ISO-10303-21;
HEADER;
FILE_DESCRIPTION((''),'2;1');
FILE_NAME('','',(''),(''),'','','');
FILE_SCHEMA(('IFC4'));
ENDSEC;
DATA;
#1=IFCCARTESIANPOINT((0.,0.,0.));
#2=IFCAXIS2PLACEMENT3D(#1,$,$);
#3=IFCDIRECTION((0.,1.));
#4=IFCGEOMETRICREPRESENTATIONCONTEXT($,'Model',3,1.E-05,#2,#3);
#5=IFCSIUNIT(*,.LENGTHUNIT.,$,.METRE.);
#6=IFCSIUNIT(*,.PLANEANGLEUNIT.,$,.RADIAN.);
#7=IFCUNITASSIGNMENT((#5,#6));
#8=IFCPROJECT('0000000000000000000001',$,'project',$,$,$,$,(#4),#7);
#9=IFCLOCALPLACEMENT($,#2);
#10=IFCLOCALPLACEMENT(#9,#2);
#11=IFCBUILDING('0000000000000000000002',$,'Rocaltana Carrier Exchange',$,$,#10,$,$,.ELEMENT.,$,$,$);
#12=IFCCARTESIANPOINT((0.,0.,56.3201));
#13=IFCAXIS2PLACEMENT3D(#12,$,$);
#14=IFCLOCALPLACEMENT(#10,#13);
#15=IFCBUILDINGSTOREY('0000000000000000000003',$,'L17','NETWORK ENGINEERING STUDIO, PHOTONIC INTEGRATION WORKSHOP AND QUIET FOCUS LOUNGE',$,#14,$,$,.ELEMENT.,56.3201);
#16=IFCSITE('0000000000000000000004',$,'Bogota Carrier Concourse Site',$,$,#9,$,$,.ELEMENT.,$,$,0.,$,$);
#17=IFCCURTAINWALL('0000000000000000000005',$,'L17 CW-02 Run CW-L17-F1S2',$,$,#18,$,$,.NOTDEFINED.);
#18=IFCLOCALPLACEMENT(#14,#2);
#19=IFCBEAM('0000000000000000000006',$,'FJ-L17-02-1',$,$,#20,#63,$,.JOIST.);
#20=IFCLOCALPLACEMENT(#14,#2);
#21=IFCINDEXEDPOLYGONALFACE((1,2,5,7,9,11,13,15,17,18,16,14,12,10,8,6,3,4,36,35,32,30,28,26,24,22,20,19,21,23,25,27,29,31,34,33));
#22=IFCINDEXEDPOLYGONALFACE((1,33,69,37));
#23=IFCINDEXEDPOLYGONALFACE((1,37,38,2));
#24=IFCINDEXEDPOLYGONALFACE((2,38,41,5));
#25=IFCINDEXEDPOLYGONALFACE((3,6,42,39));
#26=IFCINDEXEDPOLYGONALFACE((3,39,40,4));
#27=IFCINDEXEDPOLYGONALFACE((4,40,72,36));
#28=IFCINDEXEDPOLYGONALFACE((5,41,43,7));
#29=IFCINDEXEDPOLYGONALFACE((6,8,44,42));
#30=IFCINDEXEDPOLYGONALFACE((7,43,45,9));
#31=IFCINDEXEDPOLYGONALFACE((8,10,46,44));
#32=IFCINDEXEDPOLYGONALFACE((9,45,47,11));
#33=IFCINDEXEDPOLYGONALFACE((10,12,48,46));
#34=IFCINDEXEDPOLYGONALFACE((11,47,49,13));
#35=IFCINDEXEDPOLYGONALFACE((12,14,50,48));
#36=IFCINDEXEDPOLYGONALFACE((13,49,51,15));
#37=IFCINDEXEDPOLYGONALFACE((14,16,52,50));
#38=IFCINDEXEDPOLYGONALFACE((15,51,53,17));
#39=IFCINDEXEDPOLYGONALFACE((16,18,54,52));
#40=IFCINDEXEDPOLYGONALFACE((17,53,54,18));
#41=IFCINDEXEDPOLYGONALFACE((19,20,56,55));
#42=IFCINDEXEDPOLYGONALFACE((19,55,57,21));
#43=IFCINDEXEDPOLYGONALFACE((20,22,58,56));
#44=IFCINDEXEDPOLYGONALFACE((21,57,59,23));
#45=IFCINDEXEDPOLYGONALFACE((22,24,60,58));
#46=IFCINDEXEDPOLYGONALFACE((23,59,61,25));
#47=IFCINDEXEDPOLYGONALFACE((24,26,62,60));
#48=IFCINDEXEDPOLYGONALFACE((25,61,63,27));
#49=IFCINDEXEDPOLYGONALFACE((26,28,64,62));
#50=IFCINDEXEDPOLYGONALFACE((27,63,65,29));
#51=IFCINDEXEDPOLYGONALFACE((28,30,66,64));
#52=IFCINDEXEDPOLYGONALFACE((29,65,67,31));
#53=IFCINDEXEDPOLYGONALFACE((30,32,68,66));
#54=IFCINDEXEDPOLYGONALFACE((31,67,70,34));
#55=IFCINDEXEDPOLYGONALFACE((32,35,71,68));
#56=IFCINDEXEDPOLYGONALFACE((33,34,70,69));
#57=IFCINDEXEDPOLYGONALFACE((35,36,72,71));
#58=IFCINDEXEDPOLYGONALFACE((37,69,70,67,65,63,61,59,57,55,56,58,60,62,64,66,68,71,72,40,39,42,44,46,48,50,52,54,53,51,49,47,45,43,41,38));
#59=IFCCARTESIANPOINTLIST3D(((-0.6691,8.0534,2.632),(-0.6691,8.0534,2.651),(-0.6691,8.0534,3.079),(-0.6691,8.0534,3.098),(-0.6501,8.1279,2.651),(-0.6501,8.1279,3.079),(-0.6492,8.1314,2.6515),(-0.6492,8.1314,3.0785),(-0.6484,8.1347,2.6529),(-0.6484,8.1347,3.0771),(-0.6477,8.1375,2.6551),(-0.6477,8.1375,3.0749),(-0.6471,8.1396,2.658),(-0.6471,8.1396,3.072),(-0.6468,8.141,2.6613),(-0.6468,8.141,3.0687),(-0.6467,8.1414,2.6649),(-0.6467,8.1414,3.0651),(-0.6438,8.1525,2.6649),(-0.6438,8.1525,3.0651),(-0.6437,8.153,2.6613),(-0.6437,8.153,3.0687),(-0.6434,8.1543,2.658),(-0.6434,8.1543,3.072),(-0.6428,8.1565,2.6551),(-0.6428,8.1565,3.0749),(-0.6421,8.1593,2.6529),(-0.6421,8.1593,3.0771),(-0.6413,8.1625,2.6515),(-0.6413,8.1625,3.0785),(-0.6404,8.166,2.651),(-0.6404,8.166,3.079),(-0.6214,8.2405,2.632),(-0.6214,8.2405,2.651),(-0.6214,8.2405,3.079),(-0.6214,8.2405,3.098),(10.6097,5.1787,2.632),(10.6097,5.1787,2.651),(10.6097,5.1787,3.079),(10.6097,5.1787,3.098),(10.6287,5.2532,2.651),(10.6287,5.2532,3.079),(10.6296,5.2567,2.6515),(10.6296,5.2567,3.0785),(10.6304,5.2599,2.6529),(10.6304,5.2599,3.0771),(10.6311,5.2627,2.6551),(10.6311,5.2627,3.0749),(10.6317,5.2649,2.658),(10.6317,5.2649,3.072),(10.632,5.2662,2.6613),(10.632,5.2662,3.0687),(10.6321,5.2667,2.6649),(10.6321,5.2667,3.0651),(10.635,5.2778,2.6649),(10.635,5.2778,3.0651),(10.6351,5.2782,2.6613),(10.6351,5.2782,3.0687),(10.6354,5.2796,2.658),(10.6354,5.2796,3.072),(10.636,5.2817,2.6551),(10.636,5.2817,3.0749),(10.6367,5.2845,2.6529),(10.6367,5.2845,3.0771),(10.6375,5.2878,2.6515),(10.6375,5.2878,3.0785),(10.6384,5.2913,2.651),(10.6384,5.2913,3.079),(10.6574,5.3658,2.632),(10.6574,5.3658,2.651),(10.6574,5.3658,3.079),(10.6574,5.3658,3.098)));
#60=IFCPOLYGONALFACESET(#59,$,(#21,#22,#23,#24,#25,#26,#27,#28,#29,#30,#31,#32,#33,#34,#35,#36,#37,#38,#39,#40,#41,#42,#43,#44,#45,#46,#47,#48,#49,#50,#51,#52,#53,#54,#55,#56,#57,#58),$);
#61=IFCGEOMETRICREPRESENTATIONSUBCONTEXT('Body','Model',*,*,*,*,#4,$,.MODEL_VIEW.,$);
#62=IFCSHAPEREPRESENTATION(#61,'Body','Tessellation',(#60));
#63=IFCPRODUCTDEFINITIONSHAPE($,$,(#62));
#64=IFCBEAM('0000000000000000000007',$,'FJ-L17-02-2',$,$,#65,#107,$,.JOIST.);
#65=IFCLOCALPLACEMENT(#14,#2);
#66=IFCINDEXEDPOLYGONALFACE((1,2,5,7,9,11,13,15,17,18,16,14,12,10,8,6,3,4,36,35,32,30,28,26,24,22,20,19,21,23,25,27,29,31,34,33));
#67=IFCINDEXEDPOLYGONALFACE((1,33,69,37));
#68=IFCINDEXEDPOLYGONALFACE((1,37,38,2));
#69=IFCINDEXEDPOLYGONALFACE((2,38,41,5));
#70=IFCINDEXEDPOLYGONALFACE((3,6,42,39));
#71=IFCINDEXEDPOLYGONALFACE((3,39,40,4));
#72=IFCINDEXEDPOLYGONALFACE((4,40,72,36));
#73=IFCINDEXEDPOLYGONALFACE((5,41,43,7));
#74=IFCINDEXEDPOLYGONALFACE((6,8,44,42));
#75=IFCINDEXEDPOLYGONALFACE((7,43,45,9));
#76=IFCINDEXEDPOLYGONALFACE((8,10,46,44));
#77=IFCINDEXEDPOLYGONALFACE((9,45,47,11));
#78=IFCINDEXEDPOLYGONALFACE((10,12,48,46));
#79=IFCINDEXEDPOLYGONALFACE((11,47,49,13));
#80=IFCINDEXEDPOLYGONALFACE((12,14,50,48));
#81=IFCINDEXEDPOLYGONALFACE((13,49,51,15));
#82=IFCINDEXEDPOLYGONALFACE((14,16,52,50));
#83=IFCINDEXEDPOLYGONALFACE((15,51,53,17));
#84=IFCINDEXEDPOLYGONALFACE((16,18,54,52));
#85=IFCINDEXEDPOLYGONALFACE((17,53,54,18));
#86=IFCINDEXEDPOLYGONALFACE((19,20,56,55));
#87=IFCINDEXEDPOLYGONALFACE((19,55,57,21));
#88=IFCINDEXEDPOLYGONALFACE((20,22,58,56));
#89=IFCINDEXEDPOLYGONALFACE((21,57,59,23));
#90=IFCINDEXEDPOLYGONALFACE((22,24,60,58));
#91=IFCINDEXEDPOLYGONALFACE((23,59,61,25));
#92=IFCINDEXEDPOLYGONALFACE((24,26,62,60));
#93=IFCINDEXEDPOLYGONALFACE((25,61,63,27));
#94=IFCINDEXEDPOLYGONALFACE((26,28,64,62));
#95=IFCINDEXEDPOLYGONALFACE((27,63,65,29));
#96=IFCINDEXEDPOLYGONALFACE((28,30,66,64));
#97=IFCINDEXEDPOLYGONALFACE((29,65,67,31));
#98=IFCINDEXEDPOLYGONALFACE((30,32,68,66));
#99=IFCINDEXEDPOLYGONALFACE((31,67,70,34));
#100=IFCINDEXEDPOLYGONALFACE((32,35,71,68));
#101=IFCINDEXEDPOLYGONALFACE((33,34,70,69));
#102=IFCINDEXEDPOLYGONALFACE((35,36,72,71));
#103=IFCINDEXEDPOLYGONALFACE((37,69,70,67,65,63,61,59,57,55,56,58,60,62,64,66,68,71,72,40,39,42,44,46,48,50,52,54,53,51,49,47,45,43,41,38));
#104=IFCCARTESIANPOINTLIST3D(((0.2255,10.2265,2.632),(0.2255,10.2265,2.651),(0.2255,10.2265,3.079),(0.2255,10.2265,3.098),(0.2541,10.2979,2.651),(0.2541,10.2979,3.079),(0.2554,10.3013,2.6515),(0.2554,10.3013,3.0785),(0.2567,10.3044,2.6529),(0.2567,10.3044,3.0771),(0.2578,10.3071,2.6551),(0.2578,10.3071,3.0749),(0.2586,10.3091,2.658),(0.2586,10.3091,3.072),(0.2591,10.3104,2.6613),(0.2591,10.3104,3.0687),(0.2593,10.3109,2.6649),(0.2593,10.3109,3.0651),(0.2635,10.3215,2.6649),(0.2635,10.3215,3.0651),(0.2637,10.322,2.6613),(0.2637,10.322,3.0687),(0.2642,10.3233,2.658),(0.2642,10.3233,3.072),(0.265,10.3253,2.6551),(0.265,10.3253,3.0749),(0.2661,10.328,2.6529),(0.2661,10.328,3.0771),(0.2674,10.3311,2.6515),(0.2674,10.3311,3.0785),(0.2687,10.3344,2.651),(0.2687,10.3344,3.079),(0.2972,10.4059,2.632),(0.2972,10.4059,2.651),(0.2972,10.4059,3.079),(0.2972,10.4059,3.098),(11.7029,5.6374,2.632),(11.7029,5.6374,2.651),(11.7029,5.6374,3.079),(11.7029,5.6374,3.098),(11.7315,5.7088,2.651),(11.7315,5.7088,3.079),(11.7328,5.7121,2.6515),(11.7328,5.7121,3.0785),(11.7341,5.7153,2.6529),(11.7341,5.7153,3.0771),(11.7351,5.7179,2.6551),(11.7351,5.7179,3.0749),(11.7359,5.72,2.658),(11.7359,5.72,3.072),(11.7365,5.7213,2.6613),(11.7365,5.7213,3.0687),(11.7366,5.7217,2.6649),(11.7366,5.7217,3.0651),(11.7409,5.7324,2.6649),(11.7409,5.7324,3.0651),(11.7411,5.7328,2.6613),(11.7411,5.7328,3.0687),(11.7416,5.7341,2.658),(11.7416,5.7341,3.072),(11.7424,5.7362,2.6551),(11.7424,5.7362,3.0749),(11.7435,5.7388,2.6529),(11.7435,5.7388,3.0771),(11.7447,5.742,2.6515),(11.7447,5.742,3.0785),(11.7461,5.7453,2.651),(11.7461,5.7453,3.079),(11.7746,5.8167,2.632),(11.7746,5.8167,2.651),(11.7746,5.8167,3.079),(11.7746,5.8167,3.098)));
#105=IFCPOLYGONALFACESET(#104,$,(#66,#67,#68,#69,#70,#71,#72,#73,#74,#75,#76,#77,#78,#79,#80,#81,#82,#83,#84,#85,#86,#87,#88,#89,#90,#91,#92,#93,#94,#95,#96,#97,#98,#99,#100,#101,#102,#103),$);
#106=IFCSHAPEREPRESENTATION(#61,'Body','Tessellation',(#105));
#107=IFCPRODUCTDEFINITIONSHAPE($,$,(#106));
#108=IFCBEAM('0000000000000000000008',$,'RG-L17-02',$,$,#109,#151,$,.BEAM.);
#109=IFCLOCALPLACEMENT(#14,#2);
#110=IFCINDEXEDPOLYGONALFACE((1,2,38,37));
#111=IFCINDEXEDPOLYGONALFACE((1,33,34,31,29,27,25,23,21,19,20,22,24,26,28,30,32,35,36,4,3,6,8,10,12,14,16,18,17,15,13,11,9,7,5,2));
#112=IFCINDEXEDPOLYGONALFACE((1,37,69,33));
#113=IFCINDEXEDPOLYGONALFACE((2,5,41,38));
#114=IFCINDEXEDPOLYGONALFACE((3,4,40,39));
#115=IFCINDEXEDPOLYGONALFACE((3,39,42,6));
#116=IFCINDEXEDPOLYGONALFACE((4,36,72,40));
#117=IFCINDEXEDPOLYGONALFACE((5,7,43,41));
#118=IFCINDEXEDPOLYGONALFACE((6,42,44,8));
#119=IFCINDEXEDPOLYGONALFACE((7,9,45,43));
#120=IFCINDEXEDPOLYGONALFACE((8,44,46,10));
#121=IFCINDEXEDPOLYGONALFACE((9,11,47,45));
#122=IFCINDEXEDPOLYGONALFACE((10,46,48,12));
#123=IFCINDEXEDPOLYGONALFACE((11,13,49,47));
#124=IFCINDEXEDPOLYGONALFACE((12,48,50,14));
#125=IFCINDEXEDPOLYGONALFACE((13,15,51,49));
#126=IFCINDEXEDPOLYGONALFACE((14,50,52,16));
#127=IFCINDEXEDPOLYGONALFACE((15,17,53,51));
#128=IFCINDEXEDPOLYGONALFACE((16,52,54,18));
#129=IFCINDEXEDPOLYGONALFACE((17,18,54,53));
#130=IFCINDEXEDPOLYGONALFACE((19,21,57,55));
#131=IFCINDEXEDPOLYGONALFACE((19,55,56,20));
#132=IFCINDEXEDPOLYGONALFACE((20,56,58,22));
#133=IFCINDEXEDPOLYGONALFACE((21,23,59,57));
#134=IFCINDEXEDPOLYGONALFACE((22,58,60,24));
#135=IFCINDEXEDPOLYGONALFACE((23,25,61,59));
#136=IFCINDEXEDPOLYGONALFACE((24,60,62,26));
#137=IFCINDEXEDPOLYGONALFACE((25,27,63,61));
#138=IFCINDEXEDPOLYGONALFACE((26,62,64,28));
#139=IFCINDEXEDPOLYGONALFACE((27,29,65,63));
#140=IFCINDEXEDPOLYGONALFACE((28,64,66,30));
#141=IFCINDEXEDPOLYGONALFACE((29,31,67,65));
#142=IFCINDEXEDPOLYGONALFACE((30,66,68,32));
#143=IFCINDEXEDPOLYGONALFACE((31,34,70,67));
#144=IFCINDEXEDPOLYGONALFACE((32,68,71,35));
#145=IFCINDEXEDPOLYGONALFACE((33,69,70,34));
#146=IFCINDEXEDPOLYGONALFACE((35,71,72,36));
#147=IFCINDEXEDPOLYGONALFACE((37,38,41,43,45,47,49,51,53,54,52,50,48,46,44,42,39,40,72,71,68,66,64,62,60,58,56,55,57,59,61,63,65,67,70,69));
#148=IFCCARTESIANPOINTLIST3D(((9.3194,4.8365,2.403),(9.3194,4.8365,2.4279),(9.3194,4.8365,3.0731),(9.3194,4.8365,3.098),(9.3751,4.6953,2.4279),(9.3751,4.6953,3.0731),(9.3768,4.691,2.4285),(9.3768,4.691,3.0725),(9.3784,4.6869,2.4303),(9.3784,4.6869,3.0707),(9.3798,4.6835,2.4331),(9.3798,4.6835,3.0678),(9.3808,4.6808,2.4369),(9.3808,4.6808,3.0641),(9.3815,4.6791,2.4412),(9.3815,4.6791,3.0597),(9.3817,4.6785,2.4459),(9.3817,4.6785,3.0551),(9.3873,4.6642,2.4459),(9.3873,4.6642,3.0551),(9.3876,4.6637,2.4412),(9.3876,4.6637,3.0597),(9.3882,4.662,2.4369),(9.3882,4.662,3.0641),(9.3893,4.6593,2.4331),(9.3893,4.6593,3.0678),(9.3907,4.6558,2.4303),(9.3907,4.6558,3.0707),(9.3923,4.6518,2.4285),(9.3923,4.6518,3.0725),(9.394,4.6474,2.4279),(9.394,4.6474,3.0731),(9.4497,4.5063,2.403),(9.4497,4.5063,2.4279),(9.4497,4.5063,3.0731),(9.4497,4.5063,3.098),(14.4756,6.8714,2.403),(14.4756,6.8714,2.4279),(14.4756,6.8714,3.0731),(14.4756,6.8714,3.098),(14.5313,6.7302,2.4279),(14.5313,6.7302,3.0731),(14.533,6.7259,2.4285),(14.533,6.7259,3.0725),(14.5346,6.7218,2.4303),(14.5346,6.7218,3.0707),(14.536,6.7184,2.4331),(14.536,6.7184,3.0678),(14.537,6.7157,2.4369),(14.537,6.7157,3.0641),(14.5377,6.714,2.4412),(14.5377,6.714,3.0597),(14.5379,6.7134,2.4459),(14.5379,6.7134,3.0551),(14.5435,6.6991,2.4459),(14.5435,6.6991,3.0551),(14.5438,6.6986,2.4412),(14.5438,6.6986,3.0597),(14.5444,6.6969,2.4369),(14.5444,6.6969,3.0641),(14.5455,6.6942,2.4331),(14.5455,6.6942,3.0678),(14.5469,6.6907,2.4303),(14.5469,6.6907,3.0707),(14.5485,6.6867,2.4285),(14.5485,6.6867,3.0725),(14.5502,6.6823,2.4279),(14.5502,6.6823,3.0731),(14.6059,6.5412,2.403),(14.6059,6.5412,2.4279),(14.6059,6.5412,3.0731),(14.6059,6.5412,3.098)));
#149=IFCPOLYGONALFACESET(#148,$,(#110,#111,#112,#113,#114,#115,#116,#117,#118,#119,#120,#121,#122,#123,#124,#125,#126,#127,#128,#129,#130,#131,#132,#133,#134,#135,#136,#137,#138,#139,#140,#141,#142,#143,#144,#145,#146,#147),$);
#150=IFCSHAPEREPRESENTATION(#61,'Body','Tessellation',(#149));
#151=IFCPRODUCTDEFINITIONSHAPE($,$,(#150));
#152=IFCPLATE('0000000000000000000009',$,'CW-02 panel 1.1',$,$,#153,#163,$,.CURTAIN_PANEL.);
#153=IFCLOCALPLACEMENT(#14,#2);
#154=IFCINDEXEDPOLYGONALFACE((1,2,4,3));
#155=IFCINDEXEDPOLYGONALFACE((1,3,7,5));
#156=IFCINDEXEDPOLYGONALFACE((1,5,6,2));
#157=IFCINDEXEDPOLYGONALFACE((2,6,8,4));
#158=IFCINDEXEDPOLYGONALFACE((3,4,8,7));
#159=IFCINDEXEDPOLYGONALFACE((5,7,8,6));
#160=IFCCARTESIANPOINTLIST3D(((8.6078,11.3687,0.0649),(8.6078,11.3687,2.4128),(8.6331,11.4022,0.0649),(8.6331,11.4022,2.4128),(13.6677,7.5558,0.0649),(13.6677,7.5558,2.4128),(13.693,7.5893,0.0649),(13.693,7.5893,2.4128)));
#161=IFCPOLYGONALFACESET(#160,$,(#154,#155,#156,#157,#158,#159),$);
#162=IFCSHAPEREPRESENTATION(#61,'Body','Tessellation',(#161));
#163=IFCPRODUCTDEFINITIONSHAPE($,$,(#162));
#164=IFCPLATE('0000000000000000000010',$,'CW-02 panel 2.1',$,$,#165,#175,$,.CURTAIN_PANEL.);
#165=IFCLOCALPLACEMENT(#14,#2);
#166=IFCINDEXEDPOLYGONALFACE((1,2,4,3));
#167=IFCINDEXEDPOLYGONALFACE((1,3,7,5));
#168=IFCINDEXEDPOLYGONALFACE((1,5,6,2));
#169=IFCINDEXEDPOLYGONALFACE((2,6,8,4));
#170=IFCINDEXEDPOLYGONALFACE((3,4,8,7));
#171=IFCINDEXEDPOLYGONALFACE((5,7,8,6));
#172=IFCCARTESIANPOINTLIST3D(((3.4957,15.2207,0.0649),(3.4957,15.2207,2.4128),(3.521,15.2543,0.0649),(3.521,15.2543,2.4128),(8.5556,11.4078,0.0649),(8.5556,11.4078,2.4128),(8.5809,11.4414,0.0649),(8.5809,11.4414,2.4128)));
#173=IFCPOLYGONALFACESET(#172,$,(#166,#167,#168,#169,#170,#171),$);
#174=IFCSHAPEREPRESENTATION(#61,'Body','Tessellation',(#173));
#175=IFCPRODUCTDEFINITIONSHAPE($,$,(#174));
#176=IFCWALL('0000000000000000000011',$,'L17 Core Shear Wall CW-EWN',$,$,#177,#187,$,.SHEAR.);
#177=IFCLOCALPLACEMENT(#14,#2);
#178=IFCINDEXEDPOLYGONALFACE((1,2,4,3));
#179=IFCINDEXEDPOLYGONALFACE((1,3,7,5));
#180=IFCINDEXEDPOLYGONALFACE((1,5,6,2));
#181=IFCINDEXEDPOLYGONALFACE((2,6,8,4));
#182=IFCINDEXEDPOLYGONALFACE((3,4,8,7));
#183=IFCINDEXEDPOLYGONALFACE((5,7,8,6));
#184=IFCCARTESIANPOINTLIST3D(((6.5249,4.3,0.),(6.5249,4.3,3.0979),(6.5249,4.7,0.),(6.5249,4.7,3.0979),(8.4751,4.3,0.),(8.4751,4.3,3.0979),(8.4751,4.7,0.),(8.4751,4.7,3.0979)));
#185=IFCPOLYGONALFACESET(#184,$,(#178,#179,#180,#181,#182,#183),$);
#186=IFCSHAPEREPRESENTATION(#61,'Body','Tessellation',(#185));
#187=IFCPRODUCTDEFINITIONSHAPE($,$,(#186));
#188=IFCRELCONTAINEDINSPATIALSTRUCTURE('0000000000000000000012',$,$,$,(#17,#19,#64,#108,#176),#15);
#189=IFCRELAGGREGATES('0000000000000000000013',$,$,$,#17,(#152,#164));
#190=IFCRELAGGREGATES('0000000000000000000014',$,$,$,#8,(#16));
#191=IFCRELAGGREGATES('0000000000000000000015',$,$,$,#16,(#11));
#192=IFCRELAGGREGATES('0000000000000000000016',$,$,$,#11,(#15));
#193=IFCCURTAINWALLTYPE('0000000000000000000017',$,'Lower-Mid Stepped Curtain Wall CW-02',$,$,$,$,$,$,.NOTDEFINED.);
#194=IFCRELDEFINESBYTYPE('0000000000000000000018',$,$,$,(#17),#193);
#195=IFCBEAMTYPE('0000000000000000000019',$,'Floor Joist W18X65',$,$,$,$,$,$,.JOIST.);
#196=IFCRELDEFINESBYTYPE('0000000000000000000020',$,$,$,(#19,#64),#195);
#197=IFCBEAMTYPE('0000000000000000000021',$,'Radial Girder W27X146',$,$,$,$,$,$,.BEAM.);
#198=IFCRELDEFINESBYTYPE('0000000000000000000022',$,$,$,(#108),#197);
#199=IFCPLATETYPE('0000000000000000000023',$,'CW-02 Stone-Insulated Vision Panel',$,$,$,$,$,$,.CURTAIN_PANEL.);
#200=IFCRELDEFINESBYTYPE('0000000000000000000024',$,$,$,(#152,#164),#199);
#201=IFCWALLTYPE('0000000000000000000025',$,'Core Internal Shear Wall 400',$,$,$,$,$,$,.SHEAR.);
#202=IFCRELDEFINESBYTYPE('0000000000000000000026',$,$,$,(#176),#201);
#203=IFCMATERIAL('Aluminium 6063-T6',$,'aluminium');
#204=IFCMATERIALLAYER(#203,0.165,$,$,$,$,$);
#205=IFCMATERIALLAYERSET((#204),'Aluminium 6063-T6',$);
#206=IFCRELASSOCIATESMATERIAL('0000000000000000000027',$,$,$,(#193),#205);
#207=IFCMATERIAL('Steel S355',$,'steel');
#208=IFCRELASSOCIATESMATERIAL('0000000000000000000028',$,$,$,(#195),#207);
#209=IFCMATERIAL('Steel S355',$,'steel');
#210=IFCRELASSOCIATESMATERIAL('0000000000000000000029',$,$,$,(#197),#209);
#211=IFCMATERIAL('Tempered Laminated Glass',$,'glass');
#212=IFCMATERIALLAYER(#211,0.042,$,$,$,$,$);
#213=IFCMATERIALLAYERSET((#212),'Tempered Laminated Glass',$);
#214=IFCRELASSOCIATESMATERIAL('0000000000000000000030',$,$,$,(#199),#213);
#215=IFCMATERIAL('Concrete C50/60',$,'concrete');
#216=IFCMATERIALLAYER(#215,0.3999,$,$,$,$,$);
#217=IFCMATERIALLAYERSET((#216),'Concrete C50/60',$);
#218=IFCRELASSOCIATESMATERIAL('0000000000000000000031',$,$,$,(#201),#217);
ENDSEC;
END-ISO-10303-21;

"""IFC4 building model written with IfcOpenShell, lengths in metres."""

from ifc_helpers import new_model, si_unit, direction, frame, frame_2d, origin, origin_2d, place, context, subcontext, project, spatial, rectangle, i_section, extrude, material, layer, layer_set, material_profile, profile_set, type_object, element, aggregate, save


model = new_model("IFC4")

# Units and contexts
model_context = context("Model", 3, precision=1e-05, world=origin(), true_north=direction((0.0, 1.0)))
body_context = subcontext(model_context, "Body", "Model", "MODEL_VIEW")
ifc_project = project(units=[si_unit("LENGTHUNIT", "METRE"), si_unit("PLANEANGLEUNIT", "RADIAN")], contexts=[model_context])

# Site, building, storey
site_placement = place(None, origin())
site = spatial("IfcSite", under=ifc_project, at=site_placement, Name="Bogota Carrier Concourse Site", CompositionType="ELEMENT", RefElevation=0.0)
building_placement = place(site_placement, origin())
building = spatial("IfcBuilding", under=site, at=building_placement, Name="Rocaltana Carrier Exchange", CompositionType="ELEMENT")
storey_placement = place(building_placement, frame((0.0, 0.0, 56.3201)))
storey = spatial("IfcBuildingStorey", under=building, at=storey_placement, Name="L17", Description="NETWORK ENGINEERING STUDIO, PHOTONIC INTEGRATION WORKSHOP AND QUIET FOCUS LOUNGE", CompositionType="ELEMENT", Elevation=56.3201)

# Curtain wall
ifc_material_1 = material(Name="Aluminium 6063-T6", Category="aluminium")
ifc_layer_1 = layer(ifc_material_1, 0.165)
ifc_layer_set_1 = layer_set([ifc_layer_1], Name="Aluminium 6063-T6")
curtain_wall_type = type_object("IfcCurtainWallType", Name="Lower-Mid Stepped Curtain Wall CW-02", PredefinedType="NOTDEFINED", material=ifc_layer_set_1)
curtain_wall_placement = place(storey_placement, origin())
curtain_wall = element("IfcCurtainWall", 1, at=curtain_wall_placement, inside=storey, type_object=curtain_wall_type, Name="L17 CW-02 Run CW-L17-F1S2", PredefinedType="NOTDEFINED")

# Beams
ifc_material_2 = material(Name="Steel S355", Category="steel")
ifc_material_profile_1 = material_profile(ifc_material_2, i_section(OverallWidth=0.1931, OverallDepth=0.4661, WebThickness=0.0115, FlangeThickness=0.019, FilletRadius=0.0139, at=origin_2d()), Name="W18X65")
ifc_profile_set_1 = profile_set([ifc_material_profile_1], Name="Steel S355")
beam_type_1 = type_object("IfcBeamType", Name="Floor Joist W18X65", PredefinedType="JOIST", material=ifc_profile_set_1)
beam_1_placement = place(storey_placement, frame((10.6335, 5.2722, 2.865), z_axis=(-0.969019, 0.246985, 0.0), x_axis=(-0.246985, -0.969019, 0.0)))
element("IfcBeam", 2, at=beam_1_placement, inside=storey, type_object=beam_type_1, Name="FJ-L17-02-1", PredefinedType="JOIST", context=body_context, shape_type="SweptSolid", body=[
    extrude(i_section(OverallWidth=0.1931, OverallDepth=0.4661, WebThickness=0.0115, FlangeThickness=0.019, FilletRadius=0.0139, at=origin_2d()), origin(), (0.0, 0.0, 1.0), 11.6394),
])
beam_2_placement = place(storey_placement, frame((11.7388, 5.7271, 2.865), z_axis=(-0.928527, 0.371265, 0.0), x_axis=(-0.371265, -0.928527, 0.0)))
element("IfcBeam", 3, at=beam_2_placement, inside=storey, type_object=beam_type_1, Name="FJ-L17-02-2", PredefinedType="JOIST", context=body_context, shape_type="SweptSolid", body=[
    extrude(i_section(OverallWidth=0.1931, OverallDepth=0.4661, WebThickness=0.0115, FlangeThickness=0.019, FilletRadius=0.0139, at=origin_2d()), origin(), (0.0, 0.0, 1.0), 12.3608),
])
ifc_material_3 = material(Name="Steel S355", Category="steel")
ifc_material_profile_2 = material_profile(ifc_material_3, i_section(OverallWidth=0.355, OverallDepth=0.6951, WebThickness=0.0154, FlangeThickness=0.0249, FilletRadius=0.0181, at=origin_2d()), Name="W27X146")
ifc_profile_set_2 = profile_set([ifc_material_profile_2], Name="Steel S355")
beam_type_2 = type_object("IfcBeamType", Name="Radial Girder W27X146", PredefinedType="BEAM", material=ifc_profile_set_2)
beam_3_placement = place(storey_placement, frame((9.3845, 4.6714, 2.7505), z_axis=(0.930183, 0.367096, 0.0), x_axis=(-0.367096, 0.930183, 0.0)))
element("IfcBeam", 4, at=beam_3_placement, inside=storey, type_object=beam_type_2, Name="RG-L17-02", PredefinedType="BEAM", context=body_context, shape_type="SweptSolid", body=[
    extrude(i_section(OverallWidth=0.355, OverallDepth=0.6951, WebThickness=0.0154, FlangeThickness=0.0249, FilletRadius=0.0181, at=origin_2d()), origin(), (0.0, 0.0, 1.0), 5.5432),
])

# Plates
ifc_material_4 = material(Name="Tempered Laminated Glass", Category="glass")
ifc_layer_2 = layer(ifc_material_4, 0.042)
ifc_layer_set_2 = layer_set([ifc_layer_2], Name="Tempered Laminated Glass")
plate_type = type_object("IfcPlateType", Name="CW-02 Stone-Insulated Vision Panel", PredefinedType="CURTAIN_PANEL", material=ifc_layer_set_2)
plate_1_placement = place(storey_placement, frame((11.1504, 9.479, 0.0649), z_axis=(0.0, 0.0, 1.0), x_axis=(-0.798635, 0.601815, 0.0)))
plate_1 = element("IfcPlate", 5, at=plate_1_placement, type_object=plate_type, Name="CW-02 panel 1.1", PredefinedType="CURTAIN_PANEL", context=body_context, shape_type="SweptSolid", body=[
    extrude(rectangle(XDim=6.3357, YDim=0.042, at=origin_2d()), origin(), (0.0, 0.0, 1.0), 2.3479),
])
plate_2_placement = place(storey_placement, frame((6.0383, 13.3311, 0.0649), z_axis=(0.0, 0.0, 1.0), x_axis=(-0.798635, 0.601815, 0.0)))
plate_2 = element("IfcPlate", 6, at=plate_2_placement, type_object=plate_type, Name="CW-02 panel 2.1", PredefinedType="CURTAIN_PANEL", context=body_context, shape_type="SweptSolid", body=[
    extrude(rectangle(XDim=6.3357, YDim=0.042, at=origin_2d()), origin(), (0.0, 0.0, 1.0), 2.3479),
])
aggregate(curtain_wall, [plate_1, plate_2])

# Wall
ifc_material_5 = material(Name="Concrete C50/60", Category="concrete")
ifc_layer_3 = layer(ifc_material_5, 0.3999)
ifc_layer_set_3 = layer_set([ifc_layer_3], Name="Concrete C50/60")
wall_type_1 = type_object("IfcWallType", Name="Core Internal Shear Wall 400", PredefinedType="SHEAR", material=ifc_layer_set_3)
wall_1_placement = place(storey_placement, frame((6.5249, 4.5, 0.0), z_axis=(0.0, 0.0, 1.0), x_axis=(1.0, 0.0, 0.0)))
element("IfcWall", 7, at=wall_1_placement, inside=storey, type_object=wall_type_1, Name="L17 Core Shear Wall CW-EWN", PredefinedType="SHEAR", context=body_context, shape_type="SweptSolid", body=[
    extrude(rectangle(XDim=1.9502, YDim=0.3999, at=frame_2d((0.9751, 0.0))), origin(), (0.0, 0.0, 1.0), 3.0979),
])

save(model, "model.ifc")
